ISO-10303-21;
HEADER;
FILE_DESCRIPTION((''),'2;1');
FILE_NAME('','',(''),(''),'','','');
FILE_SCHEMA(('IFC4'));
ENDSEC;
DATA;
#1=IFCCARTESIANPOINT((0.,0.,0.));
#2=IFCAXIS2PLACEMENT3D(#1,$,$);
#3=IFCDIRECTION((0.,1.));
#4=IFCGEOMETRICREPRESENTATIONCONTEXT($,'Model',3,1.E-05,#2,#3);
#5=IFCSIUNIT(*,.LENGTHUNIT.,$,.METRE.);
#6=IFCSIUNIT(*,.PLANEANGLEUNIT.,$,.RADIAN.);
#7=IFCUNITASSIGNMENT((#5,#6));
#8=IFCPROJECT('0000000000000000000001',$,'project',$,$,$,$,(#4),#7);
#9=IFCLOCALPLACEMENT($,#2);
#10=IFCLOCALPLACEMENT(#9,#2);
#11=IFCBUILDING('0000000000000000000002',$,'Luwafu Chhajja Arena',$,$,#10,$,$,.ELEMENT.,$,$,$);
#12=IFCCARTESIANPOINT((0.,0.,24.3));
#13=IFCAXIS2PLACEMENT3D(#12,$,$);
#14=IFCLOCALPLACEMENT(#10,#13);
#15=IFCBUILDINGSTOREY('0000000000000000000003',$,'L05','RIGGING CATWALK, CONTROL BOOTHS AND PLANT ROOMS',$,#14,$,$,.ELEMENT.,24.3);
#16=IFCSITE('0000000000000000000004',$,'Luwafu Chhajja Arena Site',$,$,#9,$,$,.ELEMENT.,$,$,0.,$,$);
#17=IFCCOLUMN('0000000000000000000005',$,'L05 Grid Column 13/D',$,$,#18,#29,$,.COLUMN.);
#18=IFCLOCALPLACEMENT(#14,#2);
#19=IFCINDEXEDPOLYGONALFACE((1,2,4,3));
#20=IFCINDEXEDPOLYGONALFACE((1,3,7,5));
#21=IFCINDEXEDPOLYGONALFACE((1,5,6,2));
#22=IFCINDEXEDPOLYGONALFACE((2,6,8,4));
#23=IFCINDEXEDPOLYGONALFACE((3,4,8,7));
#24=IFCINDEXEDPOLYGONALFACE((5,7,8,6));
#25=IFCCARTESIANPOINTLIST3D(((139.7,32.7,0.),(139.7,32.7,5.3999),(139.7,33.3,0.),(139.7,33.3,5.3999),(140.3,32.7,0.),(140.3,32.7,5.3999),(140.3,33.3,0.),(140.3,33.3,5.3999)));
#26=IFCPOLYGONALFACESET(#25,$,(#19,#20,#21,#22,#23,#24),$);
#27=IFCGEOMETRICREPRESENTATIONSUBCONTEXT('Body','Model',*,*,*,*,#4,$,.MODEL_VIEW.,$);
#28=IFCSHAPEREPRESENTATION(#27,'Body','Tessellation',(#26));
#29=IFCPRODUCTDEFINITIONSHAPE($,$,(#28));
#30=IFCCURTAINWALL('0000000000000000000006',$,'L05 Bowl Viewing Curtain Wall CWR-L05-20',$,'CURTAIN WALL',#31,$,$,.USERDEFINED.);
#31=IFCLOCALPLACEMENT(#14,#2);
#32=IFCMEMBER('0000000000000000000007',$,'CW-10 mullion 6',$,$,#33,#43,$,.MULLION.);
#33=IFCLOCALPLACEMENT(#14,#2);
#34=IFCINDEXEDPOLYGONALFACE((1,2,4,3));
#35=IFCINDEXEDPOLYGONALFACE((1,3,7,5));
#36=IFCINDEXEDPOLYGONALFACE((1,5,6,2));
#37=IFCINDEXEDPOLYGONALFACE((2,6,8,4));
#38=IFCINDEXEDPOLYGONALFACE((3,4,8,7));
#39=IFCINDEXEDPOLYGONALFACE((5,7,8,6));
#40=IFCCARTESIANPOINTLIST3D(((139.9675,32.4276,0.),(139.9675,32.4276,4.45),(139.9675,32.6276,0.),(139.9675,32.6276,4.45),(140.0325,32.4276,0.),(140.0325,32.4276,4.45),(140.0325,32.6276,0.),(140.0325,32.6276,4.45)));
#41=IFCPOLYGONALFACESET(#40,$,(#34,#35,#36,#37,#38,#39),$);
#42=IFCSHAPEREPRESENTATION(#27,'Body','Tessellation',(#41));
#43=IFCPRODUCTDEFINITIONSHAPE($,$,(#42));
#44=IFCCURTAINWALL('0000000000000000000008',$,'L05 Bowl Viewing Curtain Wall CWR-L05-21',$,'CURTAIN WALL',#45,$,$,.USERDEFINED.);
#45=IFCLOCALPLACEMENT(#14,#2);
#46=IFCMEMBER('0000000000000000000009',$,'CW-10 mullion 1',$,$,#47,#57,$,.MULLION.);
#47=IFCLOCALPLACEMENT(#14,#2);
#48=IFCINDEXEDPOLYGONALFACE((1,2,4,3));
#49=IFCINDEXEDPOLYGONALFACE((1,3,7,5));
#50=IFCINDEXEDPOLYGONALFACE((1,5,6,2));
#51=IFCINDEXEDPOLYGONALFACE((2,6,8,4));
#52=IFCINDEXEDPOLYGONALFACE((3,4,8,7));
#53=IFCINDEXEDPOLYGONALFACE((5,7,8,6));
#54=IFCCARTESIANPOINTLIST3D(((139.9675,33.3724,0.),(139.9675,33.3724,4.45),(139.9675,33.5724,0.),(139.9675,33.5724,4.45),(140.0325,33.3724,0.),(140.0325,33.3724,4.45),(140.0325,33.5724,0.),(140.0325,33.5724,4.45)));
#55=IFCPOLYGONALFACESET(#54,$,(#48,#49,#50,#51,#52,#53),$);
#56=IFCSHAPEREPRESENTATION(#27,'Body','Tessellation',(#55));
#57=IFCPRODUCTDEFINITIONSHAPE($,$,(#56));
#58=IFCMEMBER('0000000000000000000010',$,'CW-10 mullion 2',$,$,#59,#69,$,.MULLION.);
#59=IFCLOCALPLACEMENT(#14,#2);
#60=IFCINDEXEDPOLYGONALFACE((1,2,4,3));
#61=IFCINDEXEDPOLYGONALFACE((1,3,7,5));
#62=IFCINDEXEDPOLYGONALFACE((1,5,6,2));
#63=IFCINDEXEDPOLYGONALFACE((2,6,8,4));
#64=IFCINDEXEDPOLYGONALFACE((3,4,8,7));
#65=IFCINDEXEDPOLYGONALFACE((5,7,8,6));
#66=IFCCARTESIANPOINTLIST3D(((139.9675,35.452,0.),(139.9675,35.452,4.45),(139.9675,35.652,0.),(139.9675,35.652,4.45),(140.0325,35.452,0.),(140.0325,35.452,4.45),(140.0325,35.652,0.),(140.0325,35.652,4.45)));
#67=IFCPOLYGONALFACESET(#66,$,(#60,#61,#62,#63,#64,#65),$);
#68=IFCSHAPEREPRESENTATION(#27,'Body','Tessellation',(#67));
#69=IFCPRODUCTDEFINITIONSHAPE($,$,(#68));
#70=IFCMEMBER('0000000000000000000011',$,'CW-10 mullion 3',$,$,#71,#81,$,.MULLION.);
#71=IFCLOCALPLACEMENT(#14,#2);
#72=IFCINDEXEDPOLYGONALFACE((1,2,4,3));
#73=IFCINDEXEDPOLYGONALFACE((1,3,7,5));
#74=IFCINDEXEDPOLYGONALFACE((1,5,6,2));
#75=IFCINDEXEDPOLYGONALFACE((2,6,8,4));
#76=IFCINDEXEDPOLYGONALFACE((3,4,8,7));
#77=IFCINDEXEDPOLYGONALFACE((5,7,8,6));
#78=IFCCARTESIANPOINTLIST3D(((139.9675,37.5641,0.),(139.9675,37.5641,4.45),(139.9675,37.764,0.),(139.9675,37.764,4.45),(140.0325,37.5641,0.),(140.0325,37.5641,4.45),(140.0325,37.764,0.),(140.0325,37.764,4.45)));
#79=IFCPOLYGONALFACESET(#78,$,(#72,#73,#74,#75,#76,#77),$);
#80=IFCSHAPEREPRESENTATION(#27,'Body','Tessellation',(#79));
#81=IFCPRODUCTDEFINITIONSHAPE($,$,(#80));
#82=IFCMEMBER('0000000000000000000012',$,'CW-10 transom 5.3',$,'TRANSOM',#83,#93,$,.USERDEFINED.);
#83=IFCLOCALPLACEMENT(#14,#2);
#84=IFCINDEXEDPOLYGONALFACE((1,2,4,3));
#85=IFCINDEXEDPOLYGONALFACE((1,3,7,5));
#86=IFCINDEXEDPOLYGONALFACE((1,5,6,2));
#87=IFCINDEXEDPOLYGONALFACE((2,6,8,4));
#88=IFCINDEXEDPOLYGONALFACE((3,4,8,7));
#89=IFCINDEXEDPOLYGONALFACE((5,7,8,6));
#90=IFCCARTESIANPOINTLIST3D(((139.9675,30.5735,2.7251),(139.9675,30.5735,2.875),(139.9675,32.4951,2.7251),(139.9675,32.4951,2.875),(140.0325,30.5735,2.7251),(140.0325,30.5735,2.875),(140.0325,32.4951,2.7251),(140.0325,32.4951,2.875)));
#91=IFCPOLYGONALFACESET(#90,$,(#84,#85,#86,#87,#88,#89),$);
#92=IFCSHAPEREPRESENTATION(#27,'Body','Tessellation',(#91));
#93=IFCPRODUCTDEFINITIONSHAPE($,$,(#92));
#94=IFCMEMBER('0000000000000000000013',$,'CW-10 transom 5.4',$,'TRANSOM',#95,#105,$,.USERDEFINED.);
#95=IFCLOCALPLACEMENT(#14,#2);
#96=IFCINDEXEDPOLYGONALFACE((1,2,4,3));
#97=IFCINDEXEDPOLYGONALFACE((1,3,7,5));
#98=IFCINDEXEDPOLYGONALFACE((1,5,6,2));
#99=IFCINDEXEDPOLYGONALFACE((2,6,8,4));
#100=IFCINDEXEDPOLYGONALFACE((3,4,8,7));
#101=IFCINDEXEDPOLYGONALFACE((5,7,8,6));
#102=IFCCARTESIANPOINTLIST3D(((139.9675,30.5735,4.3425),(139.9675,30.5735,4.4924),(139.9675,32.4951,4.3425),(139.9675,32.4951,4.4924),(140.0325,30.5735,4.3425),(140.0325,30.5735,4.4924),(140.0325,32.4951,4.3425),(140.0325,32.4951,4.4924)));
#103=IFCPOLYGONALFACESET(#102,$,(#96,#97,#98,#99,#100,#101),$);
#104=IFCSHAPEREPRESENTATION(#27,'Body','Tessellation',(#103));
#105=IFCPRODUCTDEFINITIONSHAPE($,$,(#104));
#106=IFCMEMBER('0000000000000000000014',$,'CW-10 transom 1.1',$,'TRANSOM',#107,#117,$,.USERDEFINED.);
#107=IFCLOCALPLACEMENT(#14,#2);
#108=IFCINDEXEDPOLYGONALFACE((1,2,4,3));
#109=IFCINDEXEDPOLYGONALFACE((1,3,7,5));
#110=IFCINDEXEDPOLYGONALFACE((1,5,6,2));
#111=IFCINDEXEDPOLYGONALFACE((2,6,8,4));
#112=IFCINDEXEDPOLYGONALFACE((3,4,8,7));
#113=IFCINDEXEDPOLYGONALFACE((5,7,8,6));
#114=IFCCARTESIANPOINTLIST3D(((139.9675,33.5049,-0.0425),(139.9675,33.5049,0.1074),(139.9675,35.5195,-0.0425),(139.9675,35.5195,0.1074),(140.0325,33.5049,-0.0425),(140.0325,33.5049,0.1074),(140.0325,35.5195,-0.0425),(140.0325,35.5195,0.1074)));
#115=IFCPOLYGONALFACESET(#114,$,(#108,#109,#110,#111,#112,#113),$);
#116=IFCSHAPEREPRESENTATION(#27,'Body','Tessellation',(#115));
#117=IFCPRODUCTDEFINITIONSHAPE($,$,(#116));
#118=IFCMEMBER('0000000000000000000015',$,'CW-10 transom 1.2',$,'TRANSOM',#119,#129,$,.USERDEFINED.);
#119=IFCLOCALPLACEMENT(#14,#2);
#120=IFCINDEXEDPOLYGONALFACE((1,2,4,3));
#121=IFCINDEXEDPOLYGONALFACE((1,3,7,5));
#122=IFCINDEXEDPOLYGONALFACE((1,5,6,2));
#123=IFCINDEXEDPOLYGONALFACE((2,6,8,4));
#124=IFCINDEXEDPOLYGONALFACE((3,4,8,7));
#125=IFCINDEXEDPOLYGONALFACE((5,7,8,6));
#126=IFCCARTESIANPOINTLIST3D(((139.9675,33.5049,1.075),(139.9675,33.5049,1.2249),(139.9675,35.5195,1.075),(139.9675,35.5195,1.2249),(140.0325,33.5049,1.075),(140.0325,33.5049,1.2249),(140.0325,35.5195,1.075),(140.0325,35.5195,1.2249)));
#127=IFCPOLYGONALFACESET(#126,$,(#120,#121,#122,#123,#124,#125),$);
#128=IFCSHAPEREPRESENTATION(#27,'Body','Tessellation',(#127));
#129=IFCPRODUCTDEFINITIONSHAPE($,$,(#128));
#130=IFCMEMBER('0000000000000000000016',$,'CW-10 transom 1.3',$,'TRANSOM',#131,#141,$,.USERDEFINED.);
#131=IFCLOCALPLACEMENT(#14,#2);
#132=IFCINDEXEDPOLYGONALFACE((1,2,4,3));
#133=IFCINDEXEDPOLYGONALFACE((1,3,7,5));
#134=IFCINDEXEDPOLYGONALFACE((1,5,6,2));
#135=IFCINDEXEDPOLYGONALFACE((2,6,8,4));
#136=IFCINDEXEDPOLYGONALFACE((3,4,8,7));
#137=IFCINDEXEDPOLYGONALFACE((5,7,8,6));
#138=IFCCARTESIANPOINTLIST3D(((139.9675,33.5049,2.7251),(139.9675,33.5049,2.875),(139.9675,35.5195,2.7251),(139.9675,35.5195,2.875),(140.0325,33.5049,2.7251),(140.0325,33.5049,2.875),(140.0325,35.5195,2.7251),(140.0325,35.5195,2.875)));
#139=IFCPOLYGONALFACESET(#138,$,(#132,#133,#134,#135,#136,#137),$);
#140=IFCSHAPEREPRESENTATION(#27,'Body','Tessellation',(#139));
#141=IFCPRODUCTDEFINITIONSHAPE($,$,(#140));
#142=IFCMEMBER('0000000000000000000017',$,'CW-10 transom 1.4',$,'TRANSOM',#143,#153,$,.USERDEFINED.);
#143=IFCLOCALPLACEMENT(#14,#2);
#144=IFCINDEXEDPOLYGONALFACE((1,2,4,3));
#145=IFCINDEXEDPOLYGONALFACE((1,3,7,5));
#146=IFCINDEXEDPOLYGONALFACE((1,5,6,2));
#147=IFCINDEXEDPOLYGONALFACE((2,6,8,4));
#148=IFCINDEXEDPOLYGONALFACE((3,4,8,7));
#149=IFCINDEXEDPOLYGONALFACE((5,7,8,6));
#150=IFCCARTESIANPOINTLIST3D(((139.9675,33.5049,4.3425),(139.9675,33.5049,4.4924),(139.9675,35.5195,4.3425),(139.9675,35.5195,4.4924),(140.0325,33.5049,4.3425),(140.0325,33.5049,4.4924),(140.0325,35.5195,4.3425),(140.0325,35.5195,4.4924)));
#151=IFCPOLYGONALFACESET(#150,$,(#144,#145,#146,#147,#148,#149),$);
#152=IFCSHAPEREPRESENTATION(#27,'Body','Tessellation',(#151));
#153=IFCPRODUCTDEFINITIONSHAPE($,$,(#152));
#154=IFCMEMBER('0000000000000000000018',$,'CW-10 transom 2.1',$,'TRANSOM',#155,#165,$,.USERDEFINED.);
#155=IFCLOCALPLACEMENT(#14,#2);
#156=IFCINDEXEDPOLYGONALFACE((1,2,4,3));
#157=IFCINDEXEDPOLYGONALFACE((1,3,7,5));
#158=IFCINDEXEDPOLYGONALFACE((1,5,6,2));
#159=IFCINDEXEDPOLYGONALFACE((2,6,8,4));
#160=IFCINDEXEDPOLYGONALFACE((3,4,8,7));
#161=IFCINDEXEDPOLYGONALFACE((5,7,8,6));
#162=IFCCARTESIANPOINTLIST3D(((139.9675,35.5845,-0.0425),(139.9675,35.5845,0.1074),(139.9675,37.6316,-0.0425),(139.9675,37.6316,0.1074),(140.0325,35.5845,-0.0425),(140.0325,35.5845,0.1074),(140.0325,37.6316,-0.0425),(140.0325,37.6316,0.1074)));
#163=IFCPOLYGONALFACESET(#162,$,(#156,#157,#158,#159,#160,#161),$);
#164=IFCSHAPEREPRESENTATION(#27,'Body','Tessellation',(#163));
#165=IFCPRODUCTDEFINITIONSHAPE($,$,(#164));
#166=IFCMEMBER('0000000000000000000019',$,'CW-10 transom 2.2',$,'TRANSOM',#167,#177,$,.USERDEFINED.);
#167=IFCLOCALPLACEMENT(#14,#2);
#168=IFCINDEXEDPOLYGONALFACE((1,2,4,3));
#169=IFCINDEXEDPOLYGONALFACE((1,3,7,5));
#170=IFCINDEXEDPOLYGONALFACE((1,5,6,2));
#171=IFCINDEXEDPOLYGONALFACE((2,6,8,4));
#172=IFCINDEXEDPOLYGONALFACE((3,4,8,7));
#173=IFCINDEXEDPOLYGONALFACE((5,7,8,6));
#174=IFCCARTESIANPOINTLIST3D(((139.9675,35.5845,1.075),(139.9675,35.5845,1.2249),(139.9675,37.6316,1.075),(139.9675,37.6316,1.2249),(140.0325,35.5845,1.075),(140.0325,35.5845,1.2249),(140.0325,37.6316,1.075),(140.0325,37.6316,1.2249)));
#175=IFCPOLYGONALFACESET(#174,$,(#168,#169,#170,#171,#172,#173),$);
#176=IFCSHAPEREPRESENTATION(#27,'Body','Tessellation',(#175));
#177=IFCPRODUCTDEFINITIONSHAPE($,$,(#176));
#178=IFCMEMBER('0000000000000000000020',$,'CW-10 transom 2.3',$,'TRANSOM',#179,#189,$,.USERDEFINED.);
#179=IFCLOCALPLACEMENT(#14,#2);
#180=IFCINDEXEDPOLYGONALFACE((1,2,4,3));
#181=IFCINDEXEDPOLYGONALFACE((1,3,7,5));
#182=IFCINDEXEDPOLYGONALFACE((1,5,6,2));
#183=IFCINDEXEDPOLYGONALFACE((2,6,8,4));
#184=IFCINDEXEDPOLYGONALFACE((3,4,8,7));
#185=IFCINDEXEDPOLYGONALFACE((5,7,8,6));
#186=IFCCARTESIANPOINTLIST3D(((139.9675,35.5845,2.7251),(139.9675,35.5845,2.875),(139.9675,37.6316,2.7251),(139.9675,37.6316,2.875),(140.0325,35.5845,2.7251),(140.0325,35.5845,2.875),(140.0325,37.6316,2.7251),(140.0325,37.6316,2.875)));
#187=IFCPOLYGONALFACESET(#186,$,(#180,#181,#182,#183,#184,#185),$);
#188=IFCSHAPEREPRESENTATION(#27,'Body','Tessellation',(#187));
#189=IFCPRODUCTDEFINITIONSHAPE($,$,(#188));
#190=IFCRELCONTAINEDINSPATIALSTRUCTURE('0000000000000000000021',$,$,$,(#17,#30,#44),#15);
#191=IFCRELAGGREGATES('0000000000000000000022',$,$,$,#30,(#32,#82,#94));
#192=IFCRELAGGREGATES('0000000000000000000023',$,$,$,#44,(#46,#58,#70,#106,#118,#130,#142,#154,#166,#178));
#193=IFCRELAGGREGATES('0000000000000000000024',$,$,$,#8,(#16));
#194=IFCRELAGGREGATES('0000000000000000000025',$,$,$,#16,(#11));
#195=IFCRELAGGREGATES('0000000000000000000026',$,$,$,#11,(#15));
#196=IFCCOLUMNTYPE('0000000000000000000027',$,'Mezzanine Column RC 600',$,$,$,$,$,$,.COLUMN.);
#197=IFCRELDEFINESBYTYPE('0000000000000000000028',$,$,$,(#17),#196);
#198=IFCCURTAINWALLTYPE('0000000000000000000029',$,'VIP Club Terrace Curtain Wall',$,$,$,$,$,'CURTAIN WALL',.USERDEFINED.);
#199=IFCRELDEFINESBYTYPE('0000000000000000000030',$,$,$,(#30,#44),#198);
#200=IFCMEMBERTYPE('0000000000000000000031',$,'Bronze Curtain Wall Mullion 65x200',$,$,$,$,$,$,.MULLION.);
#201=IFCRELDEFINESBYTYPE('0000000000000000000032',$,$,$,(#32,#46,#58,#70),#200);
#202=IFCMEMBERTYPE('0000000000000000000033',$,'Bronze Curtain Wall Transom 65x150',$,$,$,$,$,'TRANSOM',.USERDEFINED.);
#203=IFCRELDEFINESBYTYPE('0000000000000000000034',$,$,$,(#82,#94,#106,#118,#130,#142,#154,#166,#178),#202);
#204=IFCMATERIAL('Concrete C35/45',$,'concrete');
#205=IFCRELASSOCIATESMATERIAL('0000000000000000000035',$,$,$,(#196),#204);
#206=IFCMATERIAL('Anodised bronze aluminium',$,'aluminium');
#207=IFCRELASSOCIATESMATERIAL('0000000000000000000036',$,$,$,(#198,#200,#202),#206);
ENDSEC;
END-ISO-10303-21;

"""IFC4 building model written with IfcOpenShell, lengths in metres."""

from ifc_helpers import new_model, si_unit, direction, frame, origin, origin_2d, place, context, subcontext, project, spatial, rectangle, extrude, material, material_profile, profile_set, type_object, element, aggregate, save


model = new_model("IFC4")

# Units and contexts
model_context = context("Model", 3, precision=1e-05, world=origin(), true_north=direction((0.0, 1.0)))
body_context = subcontext(model_context, "Body", "Model", "MODEL_VIEW")
ifc_project = project(units=[si_unit("LENGTHUNIT", "METRE"), si_unit("PLANEANGLEUNIT", "RADIAN")], contexts=[model_context])

# Site, building, storey
site_placement = place(None, origin())
site = spatial("IfcSite", under=ifc_project, at=site_placement, Name="Luwafu Chhajja Arena Site", CompositionType="ELEMENT", RefElevation=0.0)
building_placement = place(site_placement, origin())
building = spatial("IfcBuilding", under=site, at=building_placement, Name="Luwafu Chhajja Arena", CompositionType="ELEMENT")
storey_placement = place(building_placement, frame((0.0, 0.0, 24.3)))
storey = spatial("IfcBuildingStorey", under=building, at=storey_placement, Name="L05", Description="RIGGING CATWALK, CONTROL BOOTHS AND PLANT ROOMS", CompositionType="ELEMENT", Elevation=24.3)

# Column
ifc_material_1 = material(Name="Concrete C35/45", Category="concrete")
ifc_material_profile_1 = material_profile(ifc_material_1, rectangle(XDim=0.6001, YDim=0.6001, at=origin_2d()), Name="RC 600x600")
ifc_profile_set_1 = profile_set([ifc_material_profile_1], Name="Concrete C35/45")
column_type = type_object("IfcColumnType", Name="Mezzanine Column RC 600", PredefinedType="COLUMN", material=ifc_profile_set_1)
column_placement = place(storey_placement, frame((140.0, 33.0, 0.0), z_axis=(0.0, 0.0, 1.0), x_axis=(1.0, 0.0, 0.0)))
element("IfcColumn", 1, at=column_placement, inside=storey, type_object=column_type, Name="L05 Grid Column 13/D", PredefinedType="COLUMN", context=body_context, shape_type="SweptSolid", body=[
    extrude(rectangle(XDim=0.6001, YDim=0.6001, at=origin_2d()), origin(), (0.0, 0.0, 1.0), 5.3999),
])

# Curtain wall, member
ifc_material_2 = material(Name="Anodised bronze aluminium", Category="aluminium")
curtain_wall_type = type_object("IfcCurtainWallType", Name="VIP Club Terrace Curtain Wall", ElementType="CURTAIN WALL", PredefinedType="USERDEFINED", material=ifc_material_2)
curtain_wall_1_placement = place(storey_placement, origin())
curtain_wall_1 = element("IfcCurtainWall", 2, at=curtain_wall_1_placement, inside=storey, type_object=curtain_wall_type, Name="L05 Bowl Viewing Curtain Wall CWR-L05-20", ObjectType="CURTAIN WALL", PredefinedType="USERDEFINED")
ifc_material_profile_2 = material_profile(ifc_material_2, rectangle(XDim=0.0649, YDim=0.2, at=origin_2d()), Name="CWM 65x200")
ifc_profile_set_2 = profile_set([ifc_material_profile_2], Name="Anodised bronze aluminium")
member_type_1 = type_object("IfcMemberType", Name="Bronze Curtain Wall Mullion 65x200", PredefinedType="MULLION", material=ifc_profile_set_2)
member_1_placement = place(storey_placement, frame((140.0, 32.5276, 0.0), z_axis=(0.0, 0.0, 1.0), x_axis=(-1.0, 0.0, 0.0)))
member_1 = element("IfcMember", 3, at=member_1_placement, type_object=member_type_1, Name="CW-10 mullion 6", PredefinedType="MULLION", context=body_context, shape_type="SweptSolid", body=[
    extrude(rectangle(XDim=0.0649, YDim=0.2, at=origin_2d()), origin(), (0.0, 0.0, 1.0), 4.45),
])

# Curtain wall, members
curtain_wall_2_placement = place(storey_placement, origin())
curtain_wall_2 = element("IfcCurtainWall", 4, at=curtain_wall_2_placement, inside=storey, type_object=curtain_wall_type, Name="L05 Bowl Viewing Curtain Wall CWR-L05-21", ObjectType="CURTAIN WALL", PredefinedType="USERDEFINED")
member_2_placement = place(storey_placement, frame((140.0, 33.4724, 0.0), z_axis=(0.0, 0.0, 1.0), x_axis=(-1.0, 0.0, 0.0)))
member_2 = element("IfcMember", 5, at=member_2_placement, type_object=member_type_1, Name="CW-10 mullion 1", PredefinedType="MULLION", context=body_context, shape_type="SweptSolid", body=[
    extrude(rectangle(XDim=0.0649, YDim=0.2, at=origin_2d()), origin(), (0.0, 0.0, 1.0), 4.45),
])
member_3_placement = place(storey_placement, frame((140.0, 35.552, 0.0), z_axis=(0.0, 0.0, 1.0), x_axis=(-1.0, 0.0, 0.0)))
member_3 = element("IfcMember", 6, at=member_3_placement, type_object=member_type_1, Name="CW-10 mullion 2", PredefinedType="MULLION", context=body_context, shape_type="SweptSolid", body=[
    extrude(rectangle(XDim=0.0649, YDim=0.2, at=origin_2d()), origin(), (0.0, 0.0, 1.0), 4.45),
])
member_4_placement = place(storey_placement, frame((140.0, 37.6641, 0.0), z_axis=(0.0, 0.0, 1.0), x_axis=(-1.0, 0.0, 0.0)))
member_4 = element("IfcMember", 7, at=member_4_placement, type_object=member_type_1, Name="CW-10 mullion 3", PredefinedType="MULLION", context=body_context, shape_type="SweptSolid", body=[
    extrude(rectangle(XDim=0.0649, YDim=0.2, at=origin_2d()), origin(), (0.0, 0.0, 1.0), 4.45),
])

# Members
ifc_material_profile_3 = material_profile(ifc_material_2, rectangle(XDim=0.0649, YDim=0.1499, at=origin_2d()), Name="CWT 65x150")
ifc_profile_set_3 = profile_set([ifc_material_profile_3], Name="Anodised bronze aluminium")
member_type_2 = type_object("IfcMemberType", Name="Bronze Curtain Wall Transom 65x150", ElementType="TRANSOM", PredefinedType="USERDEFINED", material=ifc_profile_set_3)
member_5_placement = place(storey_placement, frame((140.0, 30.5735, 2.8), z_axis=(0.0, 1.0, 0.0), x_axis=(-1.0, 0.0, 0.0)))
member_5 = element("IfcMember", 8, at=member_5_placement, type_object=member_type_2, Name="CW-10 transom 5.3", ObjectType="TRANSOM", PredefinedType="USERDEFINED", context=body_context, shape_type="SweptSolid", body=[
    extrude(rectangle(XDim=0.0649, YDim=0.1499, at=origin_2d()), origin(), (0.0, 0.0, 1.0), 1.9216),
])
member_6_placement = place(storey_placement, frame((140.0, 30.5735, 4.4175), z_axis=(0.0, 1.0, 0.0), x_axis=(-1.0, 0.0, 0.0)))
member_6 = element("IfcMember", 9, at=member_6_placement, type_object=member_type_2, Name="CW-10 transom 5.4", ObjectType="TRANSOM", PredefinedType="USERDEFINED", context=body_context, shape_type="SweptSolid", body=[
    extrude(rectangle(XDim=0.0649, YDim=0.1499, at=origin_2d()), origin(), (0.0, 0.0, 1.0), 1.9216),
])
member_7_placement = place(storey_placement, frame((140.0, 33.5049, 0.0325), z_axis=(0.0, 1.0, 0.0), x_axis=(-1.0, 0.0, 0.0)))
member_7 = element("IfcMember", 10, at=member_7_placement, type_object=member_type_2, Name="CW-10 transom 1.1", ObjectType="TRANSOM", PredefinedType="USERDEFINED", context=body_context, shape_type="SweptSolid", body=[
    extrude(rectangle(XDim=0.0649, YDim=0.1499, at=origin_2d()), origin(), (0.0, 0.0, 1.0), 2.0146),
])
member_8_placement = place(storey_placement, frame((140.0, 33.5049, 1.1499), z_axis=(0.0, 1.0, 0.0), x_axis=(-1.0, 0.0, 0.0)))
member_8 = element("IfcMember", 11, at=member_8_placement, type_object=member_type_2, Name="CW-10 transom 1.2", ObjectType="TRANSOM", PredefinedType="USERDEFINED", context=body_context, shape_type="SweptSolid", body=[
    extrude(rectangle(XDim=0.0649, YDim=0.1499, at=origin_2d()), origin(), (0.0, 0.0, 1.0), 2.0146),
])
member_9_placement = place(storey_placement, frame((140.0, 33.5049, 2.8), z_axis=(0.0, 1.0, 0.0), x_axis=(-1.0, 0.0, 0.0)))
member_9 = element("IfcMember", 12, at=member_9_placement, type_object=member_type_2, Name="CW-10 transom 1.3", ObjectType="TRANSOM", PredefinedType="USERDEFINED", context=body_context, shape_type="SweptSolid", body=[
    extrude(rectangle(XDim=0.0649, YDim=0.1499, at=origin_2d()), origin(), (0.0, 0.0, 1.0), 2.0146),
])
member_10_placement = place(storey_placement, frame((140.0, 33.5049, 4.4175), z_axis=(0.0, 1.0, 0.0), x_axis=(-1.0, 0.0, 0.0)))
member_10 = element("IfcMember", 13, at=member_10_placement, type_object=member_type_2, Name="CW-10 transom 1.4", ObjectType="TRANSOM", PredefinedType="USERDEFINED", context=body_context, shape_type="SweptSolid", body=[
    extrude(rectangle(XDim=0.0649, YDim=0.1499, at=origin_2d()), origin(), (0.0, 0.0, 1.0), 2.0146),
])
member_11_placement = place(storey_placement, frame((140.0, 35.5845, 0.0325), z_axis=(0.0, 1.0, 0.0), x_axis=(-1.0, 0.0, 0.0)))
member_11 = element("IfcMember", 14, at=member_11_placement, type_object=member_type_2, Name="CW-10 transom 2.1", ObjectType="TRANSOM", PredefinedType="USERDEFINED", context=body_context, shape_type="SweptSolid", body=[
    extrude(rectangle(XDim=0.0649, YDim=0.1499, at=origin_2d()), origin(), (0.0, 0.0, 1.0), 2.0471),
])
member_12_placement = place(storey_placement, frame((140.0, 35.5845, 1.1499), z_axis=(0.0, 1.0, 0.0), x_axis=(-1.0, 0.0, 0.0)))
member_12 = element("IfcMember", 15, at=member_12_placement, type_object=member_type_2, Name="CW-10 transom 2.2", ObjectType="TRANSOM", PredefinedType="USERDEFINED", context=body_context, shape_type="SweptSolid", body=[
    extrude(rectangle(XDim=0.0649, YDim=0.1499, at=origin_2d()), origin(), (0.0, 0.0, 1.0), 2.0471),
])
member_13_placement = place(storey_placement, frame((140.0, 35.5845, 2.8), z_axis=(0.0, 1.0, 0.0), x_axis=(-1.0, 0.0, 0.0)))
member_13 = element("IfcMember", 16, at=member_13_placement, type_object=member_type_2, Name="CW-10 transom 2.3", ObjectType="TRANSOM", PredefinedType="USERDEFINED", context=body_context, shape_type="SweptSolid", body=[
    extrude(rectangle(XDim=0.0649, YDim=0.1499, at=origin_2d()), origin(), (0.0, 0.0, 1.0), 2.0471),
])

aggregate(curtain_wall_1, [member_1, member_5, member_6])
aggregate(curtain_wall_2, [member_2, member_3, member_4, member_7, member_8, member_9, member_10, member_11, member_12, member_13])

save(model, "model.ifc")
